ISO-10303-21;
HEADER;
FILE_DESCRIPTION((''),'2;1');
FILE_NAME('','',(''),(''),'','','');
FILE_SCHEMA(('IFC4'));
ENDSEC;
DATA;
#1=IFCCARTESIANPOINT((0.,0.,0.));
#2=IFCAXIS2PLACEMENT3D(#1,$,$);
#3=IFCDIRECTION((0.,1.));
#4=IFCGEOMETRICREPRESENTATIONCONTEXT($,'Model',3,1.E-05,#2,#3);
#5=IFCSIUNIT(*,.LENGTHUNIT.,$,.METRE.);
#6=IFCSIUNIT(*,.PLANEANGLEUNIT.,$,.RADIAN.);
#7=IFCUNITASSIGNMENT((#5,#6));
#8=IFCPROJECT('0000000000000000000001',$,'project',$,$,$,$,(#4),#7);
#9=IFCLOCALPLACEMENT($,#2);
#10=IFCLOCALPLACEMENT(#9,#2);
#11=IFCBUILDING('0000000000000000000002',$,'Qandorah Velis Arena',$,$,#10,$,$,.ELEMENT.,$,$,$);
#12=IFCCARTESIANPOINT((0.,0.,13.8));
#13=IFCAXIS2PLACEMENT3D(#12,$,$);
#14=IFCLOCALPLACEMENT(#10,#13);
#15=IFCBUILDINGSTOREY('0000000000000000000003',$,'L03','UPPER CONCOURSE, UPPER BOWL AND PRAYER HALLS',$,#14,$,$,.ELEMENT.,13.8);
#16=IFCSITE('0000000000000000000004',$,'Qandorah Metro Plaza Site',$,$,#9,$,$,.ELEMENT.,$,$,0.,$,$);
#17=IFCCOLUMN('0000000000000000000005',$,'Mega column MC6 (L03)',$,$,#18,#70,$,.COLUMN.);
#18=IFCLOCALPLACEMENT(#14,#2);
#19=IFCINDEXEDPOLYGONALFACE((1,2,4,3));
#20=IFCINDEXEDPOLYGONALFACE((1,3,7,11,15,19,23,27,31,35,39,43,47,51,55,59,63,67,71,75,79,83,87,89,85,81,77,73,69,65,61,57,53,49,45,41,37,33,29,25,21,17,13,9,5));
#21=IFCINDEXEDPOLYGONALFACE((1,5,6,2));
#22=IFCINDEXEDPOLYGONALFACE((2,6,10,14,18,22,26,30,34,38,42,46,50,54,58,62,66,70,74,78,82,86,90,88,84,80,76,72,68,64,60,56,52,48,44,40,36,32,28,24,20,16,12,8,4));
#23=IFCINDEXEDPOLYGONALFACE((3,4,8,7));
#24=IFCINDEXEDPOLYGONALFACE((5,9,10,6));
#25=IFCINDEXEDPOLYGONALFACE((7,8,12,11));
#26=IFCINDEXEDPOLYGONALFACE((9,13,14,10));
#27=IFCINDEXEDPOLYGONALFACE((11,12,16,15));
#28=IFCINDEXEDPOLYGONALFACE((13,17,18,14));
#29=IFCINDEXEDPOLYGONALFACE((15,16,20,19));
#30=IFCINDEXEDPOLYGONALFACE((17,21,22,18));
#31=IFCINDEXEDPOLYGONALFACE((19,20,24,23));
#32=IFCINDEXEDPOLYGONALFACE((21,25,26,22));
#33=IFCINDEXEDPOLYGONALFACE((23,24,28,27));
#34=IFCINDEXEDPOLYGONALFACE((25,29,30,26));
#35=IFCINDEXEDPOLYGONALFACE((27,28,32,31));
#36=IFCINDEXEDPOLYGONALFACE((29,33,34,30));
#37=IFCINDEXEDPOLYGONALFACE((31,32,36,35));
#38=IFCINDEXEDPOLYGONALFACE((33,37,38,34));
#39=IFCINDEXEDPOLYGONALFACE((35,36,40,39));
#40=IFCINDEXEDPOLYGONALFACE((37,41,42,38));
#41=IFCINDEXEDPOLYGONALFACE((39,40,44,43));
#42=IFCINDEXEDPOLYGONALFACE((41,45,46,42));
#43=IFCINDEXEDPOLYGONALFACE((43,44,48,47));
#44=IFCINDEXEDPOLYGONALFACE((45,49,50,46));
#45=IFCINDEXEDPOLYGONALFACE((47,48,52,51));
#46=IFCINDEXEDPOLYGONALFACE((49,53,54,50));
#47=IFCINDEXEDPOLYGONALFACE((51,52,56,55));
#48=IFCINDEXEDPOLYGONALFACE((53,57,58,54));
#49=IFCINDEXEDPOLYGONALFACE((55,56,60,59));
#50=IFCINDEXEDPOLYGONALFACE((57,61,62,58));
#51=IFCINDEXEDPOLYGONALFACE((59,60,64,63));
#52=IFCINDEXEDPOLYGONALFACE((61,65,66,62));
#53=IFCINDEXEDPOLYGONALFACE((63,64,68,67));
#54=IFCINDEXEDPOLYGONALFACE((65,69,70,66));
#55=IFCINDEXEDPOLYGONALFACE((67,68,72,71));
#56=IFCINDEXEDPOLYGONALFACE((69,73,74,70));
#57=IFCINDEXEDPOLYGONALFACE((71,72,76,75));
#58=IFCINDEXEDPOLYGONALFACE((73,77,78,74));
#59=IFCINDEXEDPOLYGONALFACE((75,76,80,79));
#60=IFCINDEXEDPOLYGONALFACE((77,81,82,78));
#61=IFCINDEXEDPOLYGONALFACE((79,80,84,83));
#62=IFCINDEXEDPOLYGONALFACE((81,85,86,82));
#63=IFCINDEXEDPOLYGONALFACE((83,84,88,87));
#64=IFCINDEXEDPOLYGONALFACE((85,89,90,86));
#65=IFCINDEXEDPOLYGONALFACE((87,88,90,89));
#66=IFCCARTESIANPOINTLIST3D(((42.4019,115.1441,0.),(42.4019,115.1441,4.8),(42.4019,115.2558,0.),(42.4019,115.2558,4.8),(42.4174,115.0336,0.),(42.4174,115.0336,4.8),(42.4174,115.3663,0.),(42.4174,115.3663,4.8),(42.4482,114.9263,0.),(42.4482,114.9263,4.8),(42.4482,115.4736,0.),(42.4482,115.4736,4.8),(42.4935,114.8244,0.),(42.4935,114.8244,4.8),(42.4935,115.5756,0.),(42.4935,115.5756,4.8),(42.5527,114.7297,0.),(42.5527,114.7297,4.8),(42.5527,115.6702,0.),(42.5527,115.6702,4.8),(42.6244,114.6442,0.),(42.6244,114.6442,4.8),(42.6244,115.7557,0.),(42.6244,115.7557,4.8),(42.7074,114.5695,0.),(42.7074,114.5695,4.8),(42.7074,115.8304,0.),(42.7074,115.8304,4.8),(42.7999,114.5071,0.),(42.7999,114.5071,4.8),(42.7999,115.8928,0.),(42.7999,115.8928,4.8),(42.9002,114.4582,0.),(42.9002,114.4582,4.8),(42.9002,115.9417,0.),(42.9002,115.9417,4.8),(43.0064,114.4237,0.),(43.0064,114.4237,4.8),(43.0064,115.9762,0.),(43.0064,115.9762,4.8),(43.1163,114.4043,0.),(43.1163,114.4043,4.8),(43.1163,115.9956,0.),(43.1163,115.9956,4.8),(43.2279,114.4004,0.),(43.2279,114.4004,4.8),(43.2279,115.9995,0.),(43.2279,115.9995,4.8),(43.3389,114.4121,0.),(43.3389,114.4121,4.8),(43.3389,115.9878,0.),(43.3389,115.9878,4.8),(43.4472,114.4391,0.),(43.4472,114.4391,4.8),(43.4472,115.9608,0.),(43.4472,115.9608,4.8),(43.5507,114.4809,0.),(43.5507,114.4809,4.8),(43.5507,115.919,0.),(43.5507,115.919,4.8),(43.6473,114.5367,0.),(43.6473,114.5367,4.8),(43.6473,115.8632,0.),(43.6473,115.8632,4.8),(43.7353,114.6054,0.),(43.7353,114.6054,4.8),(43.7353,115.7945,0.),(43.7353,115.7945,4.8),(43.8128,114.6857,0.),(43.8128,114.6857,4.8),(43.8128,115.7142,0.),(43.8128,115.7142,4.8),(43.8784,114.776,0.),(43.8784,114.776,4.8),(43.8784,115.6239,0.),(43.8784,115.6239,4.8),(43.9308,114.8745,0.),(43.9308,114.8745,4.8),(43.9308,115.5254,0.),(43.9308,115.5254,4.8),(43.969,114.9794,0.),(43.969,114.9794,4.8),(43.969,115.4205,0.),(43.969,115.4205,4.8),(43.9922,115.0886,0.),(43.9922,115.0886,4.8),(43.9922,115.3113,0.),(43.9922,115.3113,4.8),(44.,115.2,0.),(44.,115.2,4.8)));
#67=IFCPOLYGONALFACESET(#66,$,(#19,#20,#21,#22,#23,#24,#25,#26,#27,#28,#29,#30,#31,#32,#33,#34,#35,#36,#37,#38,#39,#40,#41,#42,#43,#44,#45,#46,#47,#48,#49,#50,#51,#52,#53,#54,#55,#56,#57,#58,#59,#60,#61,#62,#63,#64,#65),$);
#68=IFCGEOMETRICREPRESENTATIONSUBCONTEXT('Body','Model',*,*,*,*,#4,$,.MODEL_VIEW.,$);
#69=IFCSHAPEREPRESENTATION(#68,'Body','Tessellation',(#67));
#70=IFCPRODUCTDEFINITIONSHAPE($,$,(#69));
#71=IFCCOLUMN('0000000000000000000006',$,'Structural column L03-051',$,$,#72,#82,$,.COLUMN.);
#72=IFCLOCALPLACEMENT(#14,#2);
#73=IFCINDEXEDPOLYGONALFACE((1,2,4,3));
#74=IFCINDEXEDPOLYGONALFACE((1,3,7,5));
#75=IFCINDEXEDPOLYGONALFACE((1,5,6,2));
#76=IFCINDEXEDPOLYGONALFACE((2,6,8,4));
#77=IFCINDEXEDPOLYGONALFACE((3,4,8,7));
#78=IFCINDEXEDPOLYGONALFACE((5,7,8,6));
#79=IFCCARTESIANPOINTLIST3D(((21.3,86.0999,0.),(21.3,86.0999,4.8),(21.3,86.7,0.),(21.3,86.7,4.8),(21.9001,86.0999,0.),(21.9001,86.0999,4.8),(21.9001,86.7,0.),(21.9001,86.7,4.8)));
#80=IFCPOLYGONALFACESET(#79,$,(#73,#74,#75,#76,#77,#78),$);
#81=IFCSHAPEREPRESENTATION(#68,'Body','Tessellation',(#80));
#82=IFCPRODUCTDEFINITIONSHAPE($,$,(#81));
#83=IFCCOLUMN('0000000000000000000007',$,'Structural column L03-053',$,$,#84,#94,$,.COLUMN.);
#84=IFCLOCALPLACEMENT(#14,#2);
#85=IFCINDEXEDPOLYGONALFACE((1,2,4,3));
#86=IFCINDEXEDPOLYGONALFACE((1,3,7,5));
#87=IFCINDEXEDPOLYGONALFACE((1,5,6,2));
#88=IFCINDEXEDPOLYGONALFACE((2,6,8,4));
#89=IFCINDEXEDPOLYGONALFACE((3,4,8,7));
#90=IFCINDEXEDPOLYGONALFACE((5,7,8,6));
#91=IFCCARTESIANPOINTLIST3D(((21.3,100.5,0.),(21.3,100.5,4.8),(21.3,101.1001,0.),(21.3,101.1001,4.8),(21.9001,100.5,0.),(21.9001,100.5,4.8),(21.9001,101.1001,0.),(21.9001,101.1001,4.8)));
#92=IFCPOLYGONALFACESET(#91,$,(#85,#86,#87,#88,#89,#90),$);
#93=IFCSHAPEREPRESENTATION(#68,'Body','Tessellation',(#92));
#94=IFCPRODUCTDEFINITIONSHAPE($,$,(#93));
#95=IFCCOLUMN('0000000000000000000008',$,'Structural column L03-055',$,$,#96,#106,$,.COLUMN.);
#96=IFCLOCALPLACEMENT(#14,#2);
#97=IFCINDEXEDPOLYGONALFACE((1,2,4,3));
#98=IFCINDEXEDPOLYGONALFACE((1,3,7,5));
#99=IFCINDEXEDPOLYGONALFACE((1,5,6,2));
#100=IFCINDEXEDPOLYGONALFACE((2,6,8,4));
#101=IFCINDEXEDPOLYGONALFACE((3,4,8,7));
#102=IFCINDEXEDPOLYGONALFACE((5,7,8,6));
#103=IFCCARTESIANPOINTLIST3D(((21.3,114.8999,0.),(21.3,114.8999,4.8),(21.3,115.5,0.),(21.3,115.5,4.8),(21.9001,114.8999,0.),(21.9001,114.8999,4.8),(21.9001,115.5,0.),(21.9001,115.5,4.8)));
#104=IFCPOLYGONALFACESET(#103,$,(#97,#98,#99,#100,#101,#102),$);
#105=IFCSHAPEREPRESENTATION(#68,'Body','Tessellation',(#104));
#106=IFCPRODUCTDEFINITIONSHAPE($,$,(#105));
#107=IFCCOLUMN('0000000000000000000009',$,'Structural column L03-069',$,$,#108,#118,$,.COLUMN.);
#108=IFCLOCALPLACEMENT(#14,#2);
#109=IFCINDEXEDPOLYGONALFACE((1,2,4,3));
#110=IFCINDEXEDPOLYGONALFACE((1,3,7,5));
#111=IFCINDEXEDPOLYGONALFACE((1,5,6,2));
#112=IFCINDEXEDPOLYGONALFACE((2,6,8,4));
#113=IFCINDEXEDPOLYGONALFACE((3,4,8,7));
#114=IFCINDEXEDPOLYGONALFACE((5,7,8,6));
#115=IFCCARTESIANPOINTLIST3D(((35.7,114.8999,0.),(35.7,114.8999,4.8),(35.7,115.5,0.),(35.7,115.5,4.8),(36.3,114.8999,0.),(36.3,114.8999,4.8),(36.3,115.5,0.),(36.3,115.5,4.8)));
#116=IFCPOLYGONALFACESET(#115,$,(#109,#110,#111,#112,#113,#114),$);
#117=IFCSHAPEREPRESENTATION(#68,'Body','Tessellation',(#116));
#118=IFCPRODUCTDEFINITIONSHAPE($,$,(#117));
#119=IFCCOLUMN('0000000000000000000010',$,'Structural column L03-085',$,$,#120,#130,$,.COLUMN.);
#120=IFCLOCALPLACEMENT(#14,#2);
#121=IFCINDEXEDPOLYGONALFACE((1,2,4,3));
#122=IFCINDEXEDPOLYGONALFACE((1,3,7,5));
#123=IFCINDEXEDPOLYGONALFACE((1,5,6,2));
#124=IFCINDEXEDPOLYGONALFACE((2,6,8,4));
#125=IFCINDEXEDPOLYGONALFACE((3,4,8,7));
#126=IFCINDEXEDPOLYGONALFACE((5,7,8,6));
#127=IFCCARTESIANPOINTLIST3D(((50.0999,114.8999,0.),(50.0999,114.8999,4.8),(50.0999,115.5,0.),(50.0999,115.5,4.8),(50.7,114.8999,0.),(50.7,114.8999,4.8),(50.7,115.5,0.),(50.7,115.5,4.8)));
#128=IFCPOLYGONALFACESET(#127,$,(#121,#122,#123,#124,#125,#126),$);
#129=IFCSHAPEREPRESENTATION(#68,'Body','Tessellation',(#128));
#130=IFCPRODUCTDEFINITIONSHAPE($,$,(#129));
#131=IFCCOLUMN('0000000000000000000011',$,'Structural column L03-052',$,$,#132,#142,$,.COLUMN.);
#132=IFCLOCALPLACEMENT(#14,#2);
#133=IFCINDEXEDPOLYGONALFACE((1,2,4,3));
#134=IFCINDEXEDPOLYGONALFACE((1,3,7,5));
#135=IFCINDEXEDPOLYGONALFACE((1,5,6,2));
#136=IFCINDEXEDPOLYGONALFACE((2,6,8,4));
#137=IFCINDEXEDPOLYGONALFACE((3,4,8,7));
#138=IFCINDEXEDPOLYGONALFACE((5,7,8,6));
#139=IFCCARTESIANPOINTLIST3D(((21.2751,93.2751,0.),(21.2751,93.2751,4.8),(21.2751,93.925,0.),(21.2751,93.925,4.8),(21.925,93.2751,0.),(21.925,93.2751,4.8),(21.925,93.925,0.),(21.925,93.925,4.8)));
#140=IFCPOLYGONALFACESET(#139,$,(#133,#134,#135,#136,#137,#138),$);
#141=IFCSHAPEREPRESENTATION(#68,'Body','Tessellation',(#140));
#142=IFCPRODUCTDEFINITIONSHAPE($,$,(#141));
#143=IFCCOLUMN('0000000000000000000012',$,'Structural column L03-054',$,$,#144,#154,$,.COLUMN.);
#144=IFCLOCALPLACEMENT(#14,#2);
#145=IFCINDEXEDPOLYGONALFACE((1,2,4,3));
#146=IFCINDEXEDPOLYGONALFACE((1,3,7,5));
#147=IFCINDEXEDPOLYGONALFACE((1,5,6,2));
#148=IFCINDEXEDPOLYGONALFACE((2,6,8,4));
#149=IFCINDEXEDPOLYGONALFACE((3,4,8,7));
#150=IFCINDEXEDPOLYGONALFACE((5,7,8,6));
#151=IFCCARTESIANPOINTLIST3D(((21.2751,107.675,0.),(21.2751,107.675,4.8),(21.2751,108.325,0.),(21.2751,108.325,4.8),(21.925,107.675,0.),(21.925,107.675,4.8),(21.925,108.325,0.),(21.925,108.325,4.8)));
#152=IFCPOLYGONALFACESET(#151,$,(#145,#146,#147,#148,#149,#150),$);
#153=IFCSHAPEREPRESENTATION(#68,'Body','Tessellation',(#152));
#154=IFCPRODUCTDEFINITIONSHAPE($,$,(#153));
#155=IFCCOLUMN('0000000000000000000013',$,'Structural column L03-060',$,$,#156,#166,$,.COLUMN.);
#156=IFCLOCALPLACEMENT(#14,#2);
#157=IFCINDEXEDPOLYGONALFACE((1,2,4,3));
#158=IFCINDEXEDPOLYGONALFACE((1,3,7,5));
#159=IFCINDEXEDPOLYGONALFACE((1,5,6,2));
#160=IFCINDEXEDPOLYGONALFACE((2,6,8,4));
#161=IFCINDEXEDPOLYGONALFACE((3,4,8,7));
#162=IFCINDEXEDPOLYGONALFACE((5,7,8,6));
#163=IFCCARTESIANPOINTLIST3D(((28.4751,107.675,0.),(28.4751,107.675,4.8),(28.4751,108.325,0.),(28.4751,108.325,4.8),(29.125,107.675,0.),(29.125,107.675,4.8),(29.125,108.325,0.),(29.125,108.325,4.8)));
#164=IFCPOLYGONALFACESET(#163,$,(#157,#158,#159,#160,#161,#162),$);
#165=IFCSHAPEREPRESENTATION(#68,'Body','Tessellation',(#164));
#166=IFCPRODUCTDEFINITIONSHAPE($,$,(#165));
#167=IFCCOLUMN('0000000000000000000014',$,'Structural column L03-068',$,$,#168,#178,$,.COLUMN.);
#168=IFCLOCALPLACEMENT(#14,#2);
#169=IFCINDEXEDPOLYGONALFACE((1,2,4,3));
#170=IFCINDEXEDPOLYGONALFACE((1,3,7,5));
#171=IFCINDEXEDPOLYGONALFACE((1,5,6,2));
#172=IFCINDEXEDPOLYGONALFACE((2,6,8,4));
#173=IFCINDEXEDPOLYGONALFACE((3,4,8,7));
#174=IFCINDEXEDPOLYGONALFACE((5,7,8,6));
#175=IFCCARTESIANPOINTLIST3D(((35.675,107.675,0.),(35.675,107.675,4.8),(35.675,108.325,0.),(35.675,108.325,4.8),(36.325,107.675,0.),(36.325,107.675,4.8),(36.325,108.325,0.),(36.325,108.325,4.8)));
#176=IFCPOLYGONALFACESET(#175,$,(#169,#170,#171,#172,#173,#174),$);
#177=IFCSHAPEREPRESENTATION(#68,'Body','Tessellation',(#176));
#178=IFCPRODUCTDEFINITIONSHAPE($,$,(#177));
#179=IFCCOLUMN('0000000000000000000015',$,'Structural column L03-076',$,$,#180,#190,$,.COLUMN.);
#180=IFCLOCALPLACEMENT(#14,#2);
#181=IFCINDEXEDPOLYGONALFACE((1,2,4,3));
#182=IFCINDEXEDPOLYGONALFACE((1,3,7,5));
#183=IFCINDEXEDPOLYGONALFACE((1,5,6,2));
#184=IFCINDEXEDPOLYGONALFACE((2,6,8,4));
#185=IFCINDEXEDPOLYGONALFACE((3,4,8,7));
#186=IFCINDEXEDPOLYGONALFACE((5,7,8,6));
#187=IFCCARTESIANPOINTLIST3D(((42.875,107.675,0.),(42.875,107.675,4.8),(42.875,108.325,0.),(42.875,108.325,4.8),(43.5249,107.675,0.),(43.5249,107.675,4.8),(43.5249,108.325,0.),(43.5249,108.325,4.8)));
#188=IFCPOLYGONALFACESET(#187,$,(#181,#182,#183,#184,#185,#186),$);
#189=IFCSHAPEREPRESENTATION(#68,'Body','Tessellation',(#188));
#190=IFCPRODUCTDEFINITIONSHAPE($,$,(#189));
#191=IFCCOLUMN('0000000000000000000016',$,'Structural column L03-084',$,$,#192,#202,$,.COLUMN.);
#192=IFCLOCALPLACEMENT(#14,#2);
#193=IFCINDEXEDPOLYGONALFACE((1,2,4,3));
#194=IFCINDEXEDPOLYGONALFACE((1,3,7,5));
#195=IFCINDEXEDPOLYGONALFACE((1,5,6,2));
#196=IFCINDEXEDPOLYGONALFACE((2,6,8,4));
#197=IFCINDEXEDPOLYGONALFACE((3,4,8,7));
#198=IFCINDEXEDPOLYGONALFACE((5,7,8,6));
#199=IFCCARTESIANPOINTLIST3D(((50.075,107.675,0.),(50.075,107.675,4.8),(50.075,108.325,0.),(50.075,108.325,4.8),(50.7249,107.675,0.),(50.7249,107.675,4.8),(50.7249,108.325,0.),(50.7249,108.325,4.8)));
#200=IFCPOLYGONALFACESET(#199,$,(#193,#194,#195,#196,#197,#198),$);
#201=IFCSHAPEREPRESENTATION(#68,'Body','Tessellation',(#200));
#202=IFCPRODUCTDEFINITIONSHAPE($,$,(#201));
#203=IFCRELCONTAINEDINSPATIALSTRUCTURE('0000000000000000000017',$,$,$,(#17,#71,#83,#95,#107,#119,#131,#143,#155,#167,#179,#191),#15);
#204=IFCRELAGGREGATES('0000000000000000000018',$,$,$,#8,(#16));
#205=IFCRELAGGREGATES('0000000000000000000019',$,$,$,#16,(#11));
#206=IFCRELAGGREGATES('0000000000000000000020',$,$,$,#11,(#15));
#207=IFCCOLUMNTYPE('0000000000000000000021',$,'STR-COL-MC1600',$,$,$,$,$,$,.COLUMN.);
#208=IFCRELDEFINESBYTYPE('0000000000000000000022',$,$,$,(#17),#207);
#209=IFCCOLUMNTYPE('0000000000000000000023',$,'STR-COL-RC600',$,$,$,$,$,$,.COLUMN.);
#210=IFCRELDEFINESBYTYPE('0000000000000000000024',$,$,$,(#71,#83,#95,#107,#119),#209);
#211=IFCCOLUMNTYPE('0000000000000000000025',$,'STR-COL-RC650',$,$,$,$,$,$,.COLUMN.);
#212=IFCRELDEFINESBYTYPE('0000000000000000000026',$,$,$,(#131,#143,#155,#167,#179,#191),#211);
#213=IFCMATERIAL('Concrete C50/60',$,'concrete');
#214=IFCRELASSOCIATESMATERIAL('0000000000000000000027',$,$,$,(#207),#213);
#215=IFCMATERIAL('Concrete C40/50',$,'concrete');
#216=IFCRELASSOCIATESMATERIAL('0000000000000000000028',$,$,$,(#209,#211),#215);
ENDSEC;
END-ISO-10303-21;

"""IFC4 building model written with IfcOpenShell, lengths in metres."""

from ifc_helpers import new_model, si_unit, direction, frame, origin, origin_2d, place, context, subcontext, project, spatial, rectangle, circle, extrude, material, material_profile, profile_set, type_object, element, save


model = new_model("IFC4")

# Units and contexts
model_context = context("Model", 3, precision=1e-05, world=origin(), true_north=direction((0.0, 1.0)))
body_context = subcontext(model_context, "Body", "Model", "MODEL_VIEW")
ifc_project = project(units=[si_unit("LENGTHUNIT", "METRE"), si_unit("PLANEANGLEUNIT", "RADIAN")], contexts=[model_context])

# Site, building, storey
site_placement = place(None, origin())
site = spatial("IfcSite", under=ifc_project, at=site_placement, Name="Qandorah Metro Plaza Site", CompositionType="ELEMENT", RefElevation=0.0)
building_placement = place(site_placement, origin())
building = spatial("IfcBuilding", under=site, at=building_placement, Name="Qandorah Velis Arena", CompositionType="ELEMENT")
storey_placement = place(building_placement, frame((0.0, 0.0, 13.8)))
storey = spatial("IfcBuildingStorey", under=building, at=storey_placement, Name="L03", Description="UPPER CONCOURSE, UPPER BOWL AND PRAYER HALLS", CompositionType="ELEMENT", Elevation=13.8)

# Columns
ifc_material_1 = material(Name="Concrete C50/60", Category="concrete")
ifc_material_profile_1 = material_profile(ifc_material_1, circle(Radius=0.8, at=origin_2d()), Name="MC D1600")
ifc_profile_set_1 = profile_set([ifc_material_profile_1], Name="Concrete C50/60")
column_type_1 = type_object("IfcColumnType", Name="STR-COL-MC1600", PredefinedType="COLUMN", material=ifc_profile_set_1)
column_1_placement = place(storey_placement, frame((43.2, 115.2, 0.0), z_axis=(0.0, 0.0, 1.0), x_axis=(1.0, 0.0, 0.0)))
element("IfcColumn", 1, at=column_1_placement, inside=storey, type_object=column_type_1, Name="Mega column MC6 (L03)", PredefinedType="COLUMN", context=body_context, shape_type="SweptSolid", body=[
    extrude(circle(Radius=0.8, at=origin_2d()), origin(), (0.0, 0.0, 1.0), 4.8),
])
ifc_material_2 = material(Name="Concrete C40/50", Category="concrete")
ifc_material_profile_2 = material_profile(ifc_material_2, rectangle(XDim=0.6001, YDim=0.6001, at=origin_2d()), Name="RC COL 600x600")
ifc_profile_set_2 = profile_set([ifc_material_profile_2], Name="Concrete C40/50")
column_type_2 = type_object("IfcColumnType", Name="STR-COL-RC600", PredefinedType="COLUMN", material=ifc_profile_set_2)
for number, where, z_axis, x_axis, name in (
    (2, (21.6001, 86.3999, 0.0), (0.0, 0.0, 1.0), (1.0, 0.0, 0.0), "Structural column L03-051"),
    (3, (21.6001, 100.8, 0.0), (0.0, 0.0, 1.0), (1.0, 0.0, 0.0), "Structural column L03-053"),
    (4, (21.6001, 115.2, 0.0), (0.0, 0.0, 1.0), (1.0, 0.0, 0.0), "Structural column L03-055"),
    (5, (36.0, 115.2, 0.0), (0.0, 0.0, 1.0), (1.0, 0.0, 0.0), "Structural column L03-069"),
    (6, (50.3999, 115.2, 0.0), (0.0, 0.0, 1.0), (1.0, 0.0, 0.0), "Structural column L03-085"),
):
    element("IfcColumn", number, at=place(storey_placement, frame(where, z_axis=z_axis, x_axis=x_axis)), inside=storey, type_object=column_type_2, Name=name, PredefinedType="COLUMN", context=body_context, shape_type="SweptSolid", body=[
        extrude(rectangle(XDim=0.6001, YDim=0.6001, at=origin_2d()), origin(), (0.0, 0.0, 1.0), 4.8),
    ])
ifc_material_profile_3 = material_profile(ifc_material_2, rectangle(XDim=0.6499, YDim=0.6499, at=origin_2d()), Name="RC COL 650x650")
ifc_profile_set_3 = profile_set([ifc_material_profile_3], Name="Concrete C40/50")
column_type_3 = type_object("IfcColumnType", Name="STR-COL-RC650", PredefinedType="COLUMN", material=ifc_profile_set_3)
for number, where, z_axis, x_axis, name in (
    (7, (21.6001, 93.6001, 0.0), (0.0, 0.0, 1.0), (1.0, 0.0, 0.0), "Structural column L03-052"),
    (8, (21.6001, 108.0, 0.0), (0.0, 0.0, 1.0), (1.0, 0.0, 0.0), "Structural column L03-054"),
    (9, (28.8, 108.0, 0.0), (0.0, 0.0, 1.0), (1.0, 0.0, 0.0), "Structural column L03-060"),
    (10, (36.0, 108.0, 0.0), (0.0, 0.0, 1.0), (1.0, 0.0, 0.0), "Structural column L03-068"),
    (11, (43.2, 108.0, 0.0), (0.0, 0.0, 1.0), (1.0, 0.0, 0.0), "Structural column L03-076"),
    (12, (50.3999, 108.0, 0.0), (0.0, 0.0, 1.0), (1.0, 0.0, 0.0), "Structural column L03-084"),
):
    element("IfcColumn", number, at=place(storey_placement, frame(where, z_axis=z_axis, x_axis=x_axis)), inside=storey, type_object=column_type_3, Name=name, PredefinedType="COLUMN", context=body_context, shape_type="SweptSolid", body=[
        extrude(rectangle(XDim=0.6499, YDim=0.6499, at=origin_2d()), origin(), (0.0, 0.0, 1.0), 4.8),
    ])

save(model, "model.ifc")
